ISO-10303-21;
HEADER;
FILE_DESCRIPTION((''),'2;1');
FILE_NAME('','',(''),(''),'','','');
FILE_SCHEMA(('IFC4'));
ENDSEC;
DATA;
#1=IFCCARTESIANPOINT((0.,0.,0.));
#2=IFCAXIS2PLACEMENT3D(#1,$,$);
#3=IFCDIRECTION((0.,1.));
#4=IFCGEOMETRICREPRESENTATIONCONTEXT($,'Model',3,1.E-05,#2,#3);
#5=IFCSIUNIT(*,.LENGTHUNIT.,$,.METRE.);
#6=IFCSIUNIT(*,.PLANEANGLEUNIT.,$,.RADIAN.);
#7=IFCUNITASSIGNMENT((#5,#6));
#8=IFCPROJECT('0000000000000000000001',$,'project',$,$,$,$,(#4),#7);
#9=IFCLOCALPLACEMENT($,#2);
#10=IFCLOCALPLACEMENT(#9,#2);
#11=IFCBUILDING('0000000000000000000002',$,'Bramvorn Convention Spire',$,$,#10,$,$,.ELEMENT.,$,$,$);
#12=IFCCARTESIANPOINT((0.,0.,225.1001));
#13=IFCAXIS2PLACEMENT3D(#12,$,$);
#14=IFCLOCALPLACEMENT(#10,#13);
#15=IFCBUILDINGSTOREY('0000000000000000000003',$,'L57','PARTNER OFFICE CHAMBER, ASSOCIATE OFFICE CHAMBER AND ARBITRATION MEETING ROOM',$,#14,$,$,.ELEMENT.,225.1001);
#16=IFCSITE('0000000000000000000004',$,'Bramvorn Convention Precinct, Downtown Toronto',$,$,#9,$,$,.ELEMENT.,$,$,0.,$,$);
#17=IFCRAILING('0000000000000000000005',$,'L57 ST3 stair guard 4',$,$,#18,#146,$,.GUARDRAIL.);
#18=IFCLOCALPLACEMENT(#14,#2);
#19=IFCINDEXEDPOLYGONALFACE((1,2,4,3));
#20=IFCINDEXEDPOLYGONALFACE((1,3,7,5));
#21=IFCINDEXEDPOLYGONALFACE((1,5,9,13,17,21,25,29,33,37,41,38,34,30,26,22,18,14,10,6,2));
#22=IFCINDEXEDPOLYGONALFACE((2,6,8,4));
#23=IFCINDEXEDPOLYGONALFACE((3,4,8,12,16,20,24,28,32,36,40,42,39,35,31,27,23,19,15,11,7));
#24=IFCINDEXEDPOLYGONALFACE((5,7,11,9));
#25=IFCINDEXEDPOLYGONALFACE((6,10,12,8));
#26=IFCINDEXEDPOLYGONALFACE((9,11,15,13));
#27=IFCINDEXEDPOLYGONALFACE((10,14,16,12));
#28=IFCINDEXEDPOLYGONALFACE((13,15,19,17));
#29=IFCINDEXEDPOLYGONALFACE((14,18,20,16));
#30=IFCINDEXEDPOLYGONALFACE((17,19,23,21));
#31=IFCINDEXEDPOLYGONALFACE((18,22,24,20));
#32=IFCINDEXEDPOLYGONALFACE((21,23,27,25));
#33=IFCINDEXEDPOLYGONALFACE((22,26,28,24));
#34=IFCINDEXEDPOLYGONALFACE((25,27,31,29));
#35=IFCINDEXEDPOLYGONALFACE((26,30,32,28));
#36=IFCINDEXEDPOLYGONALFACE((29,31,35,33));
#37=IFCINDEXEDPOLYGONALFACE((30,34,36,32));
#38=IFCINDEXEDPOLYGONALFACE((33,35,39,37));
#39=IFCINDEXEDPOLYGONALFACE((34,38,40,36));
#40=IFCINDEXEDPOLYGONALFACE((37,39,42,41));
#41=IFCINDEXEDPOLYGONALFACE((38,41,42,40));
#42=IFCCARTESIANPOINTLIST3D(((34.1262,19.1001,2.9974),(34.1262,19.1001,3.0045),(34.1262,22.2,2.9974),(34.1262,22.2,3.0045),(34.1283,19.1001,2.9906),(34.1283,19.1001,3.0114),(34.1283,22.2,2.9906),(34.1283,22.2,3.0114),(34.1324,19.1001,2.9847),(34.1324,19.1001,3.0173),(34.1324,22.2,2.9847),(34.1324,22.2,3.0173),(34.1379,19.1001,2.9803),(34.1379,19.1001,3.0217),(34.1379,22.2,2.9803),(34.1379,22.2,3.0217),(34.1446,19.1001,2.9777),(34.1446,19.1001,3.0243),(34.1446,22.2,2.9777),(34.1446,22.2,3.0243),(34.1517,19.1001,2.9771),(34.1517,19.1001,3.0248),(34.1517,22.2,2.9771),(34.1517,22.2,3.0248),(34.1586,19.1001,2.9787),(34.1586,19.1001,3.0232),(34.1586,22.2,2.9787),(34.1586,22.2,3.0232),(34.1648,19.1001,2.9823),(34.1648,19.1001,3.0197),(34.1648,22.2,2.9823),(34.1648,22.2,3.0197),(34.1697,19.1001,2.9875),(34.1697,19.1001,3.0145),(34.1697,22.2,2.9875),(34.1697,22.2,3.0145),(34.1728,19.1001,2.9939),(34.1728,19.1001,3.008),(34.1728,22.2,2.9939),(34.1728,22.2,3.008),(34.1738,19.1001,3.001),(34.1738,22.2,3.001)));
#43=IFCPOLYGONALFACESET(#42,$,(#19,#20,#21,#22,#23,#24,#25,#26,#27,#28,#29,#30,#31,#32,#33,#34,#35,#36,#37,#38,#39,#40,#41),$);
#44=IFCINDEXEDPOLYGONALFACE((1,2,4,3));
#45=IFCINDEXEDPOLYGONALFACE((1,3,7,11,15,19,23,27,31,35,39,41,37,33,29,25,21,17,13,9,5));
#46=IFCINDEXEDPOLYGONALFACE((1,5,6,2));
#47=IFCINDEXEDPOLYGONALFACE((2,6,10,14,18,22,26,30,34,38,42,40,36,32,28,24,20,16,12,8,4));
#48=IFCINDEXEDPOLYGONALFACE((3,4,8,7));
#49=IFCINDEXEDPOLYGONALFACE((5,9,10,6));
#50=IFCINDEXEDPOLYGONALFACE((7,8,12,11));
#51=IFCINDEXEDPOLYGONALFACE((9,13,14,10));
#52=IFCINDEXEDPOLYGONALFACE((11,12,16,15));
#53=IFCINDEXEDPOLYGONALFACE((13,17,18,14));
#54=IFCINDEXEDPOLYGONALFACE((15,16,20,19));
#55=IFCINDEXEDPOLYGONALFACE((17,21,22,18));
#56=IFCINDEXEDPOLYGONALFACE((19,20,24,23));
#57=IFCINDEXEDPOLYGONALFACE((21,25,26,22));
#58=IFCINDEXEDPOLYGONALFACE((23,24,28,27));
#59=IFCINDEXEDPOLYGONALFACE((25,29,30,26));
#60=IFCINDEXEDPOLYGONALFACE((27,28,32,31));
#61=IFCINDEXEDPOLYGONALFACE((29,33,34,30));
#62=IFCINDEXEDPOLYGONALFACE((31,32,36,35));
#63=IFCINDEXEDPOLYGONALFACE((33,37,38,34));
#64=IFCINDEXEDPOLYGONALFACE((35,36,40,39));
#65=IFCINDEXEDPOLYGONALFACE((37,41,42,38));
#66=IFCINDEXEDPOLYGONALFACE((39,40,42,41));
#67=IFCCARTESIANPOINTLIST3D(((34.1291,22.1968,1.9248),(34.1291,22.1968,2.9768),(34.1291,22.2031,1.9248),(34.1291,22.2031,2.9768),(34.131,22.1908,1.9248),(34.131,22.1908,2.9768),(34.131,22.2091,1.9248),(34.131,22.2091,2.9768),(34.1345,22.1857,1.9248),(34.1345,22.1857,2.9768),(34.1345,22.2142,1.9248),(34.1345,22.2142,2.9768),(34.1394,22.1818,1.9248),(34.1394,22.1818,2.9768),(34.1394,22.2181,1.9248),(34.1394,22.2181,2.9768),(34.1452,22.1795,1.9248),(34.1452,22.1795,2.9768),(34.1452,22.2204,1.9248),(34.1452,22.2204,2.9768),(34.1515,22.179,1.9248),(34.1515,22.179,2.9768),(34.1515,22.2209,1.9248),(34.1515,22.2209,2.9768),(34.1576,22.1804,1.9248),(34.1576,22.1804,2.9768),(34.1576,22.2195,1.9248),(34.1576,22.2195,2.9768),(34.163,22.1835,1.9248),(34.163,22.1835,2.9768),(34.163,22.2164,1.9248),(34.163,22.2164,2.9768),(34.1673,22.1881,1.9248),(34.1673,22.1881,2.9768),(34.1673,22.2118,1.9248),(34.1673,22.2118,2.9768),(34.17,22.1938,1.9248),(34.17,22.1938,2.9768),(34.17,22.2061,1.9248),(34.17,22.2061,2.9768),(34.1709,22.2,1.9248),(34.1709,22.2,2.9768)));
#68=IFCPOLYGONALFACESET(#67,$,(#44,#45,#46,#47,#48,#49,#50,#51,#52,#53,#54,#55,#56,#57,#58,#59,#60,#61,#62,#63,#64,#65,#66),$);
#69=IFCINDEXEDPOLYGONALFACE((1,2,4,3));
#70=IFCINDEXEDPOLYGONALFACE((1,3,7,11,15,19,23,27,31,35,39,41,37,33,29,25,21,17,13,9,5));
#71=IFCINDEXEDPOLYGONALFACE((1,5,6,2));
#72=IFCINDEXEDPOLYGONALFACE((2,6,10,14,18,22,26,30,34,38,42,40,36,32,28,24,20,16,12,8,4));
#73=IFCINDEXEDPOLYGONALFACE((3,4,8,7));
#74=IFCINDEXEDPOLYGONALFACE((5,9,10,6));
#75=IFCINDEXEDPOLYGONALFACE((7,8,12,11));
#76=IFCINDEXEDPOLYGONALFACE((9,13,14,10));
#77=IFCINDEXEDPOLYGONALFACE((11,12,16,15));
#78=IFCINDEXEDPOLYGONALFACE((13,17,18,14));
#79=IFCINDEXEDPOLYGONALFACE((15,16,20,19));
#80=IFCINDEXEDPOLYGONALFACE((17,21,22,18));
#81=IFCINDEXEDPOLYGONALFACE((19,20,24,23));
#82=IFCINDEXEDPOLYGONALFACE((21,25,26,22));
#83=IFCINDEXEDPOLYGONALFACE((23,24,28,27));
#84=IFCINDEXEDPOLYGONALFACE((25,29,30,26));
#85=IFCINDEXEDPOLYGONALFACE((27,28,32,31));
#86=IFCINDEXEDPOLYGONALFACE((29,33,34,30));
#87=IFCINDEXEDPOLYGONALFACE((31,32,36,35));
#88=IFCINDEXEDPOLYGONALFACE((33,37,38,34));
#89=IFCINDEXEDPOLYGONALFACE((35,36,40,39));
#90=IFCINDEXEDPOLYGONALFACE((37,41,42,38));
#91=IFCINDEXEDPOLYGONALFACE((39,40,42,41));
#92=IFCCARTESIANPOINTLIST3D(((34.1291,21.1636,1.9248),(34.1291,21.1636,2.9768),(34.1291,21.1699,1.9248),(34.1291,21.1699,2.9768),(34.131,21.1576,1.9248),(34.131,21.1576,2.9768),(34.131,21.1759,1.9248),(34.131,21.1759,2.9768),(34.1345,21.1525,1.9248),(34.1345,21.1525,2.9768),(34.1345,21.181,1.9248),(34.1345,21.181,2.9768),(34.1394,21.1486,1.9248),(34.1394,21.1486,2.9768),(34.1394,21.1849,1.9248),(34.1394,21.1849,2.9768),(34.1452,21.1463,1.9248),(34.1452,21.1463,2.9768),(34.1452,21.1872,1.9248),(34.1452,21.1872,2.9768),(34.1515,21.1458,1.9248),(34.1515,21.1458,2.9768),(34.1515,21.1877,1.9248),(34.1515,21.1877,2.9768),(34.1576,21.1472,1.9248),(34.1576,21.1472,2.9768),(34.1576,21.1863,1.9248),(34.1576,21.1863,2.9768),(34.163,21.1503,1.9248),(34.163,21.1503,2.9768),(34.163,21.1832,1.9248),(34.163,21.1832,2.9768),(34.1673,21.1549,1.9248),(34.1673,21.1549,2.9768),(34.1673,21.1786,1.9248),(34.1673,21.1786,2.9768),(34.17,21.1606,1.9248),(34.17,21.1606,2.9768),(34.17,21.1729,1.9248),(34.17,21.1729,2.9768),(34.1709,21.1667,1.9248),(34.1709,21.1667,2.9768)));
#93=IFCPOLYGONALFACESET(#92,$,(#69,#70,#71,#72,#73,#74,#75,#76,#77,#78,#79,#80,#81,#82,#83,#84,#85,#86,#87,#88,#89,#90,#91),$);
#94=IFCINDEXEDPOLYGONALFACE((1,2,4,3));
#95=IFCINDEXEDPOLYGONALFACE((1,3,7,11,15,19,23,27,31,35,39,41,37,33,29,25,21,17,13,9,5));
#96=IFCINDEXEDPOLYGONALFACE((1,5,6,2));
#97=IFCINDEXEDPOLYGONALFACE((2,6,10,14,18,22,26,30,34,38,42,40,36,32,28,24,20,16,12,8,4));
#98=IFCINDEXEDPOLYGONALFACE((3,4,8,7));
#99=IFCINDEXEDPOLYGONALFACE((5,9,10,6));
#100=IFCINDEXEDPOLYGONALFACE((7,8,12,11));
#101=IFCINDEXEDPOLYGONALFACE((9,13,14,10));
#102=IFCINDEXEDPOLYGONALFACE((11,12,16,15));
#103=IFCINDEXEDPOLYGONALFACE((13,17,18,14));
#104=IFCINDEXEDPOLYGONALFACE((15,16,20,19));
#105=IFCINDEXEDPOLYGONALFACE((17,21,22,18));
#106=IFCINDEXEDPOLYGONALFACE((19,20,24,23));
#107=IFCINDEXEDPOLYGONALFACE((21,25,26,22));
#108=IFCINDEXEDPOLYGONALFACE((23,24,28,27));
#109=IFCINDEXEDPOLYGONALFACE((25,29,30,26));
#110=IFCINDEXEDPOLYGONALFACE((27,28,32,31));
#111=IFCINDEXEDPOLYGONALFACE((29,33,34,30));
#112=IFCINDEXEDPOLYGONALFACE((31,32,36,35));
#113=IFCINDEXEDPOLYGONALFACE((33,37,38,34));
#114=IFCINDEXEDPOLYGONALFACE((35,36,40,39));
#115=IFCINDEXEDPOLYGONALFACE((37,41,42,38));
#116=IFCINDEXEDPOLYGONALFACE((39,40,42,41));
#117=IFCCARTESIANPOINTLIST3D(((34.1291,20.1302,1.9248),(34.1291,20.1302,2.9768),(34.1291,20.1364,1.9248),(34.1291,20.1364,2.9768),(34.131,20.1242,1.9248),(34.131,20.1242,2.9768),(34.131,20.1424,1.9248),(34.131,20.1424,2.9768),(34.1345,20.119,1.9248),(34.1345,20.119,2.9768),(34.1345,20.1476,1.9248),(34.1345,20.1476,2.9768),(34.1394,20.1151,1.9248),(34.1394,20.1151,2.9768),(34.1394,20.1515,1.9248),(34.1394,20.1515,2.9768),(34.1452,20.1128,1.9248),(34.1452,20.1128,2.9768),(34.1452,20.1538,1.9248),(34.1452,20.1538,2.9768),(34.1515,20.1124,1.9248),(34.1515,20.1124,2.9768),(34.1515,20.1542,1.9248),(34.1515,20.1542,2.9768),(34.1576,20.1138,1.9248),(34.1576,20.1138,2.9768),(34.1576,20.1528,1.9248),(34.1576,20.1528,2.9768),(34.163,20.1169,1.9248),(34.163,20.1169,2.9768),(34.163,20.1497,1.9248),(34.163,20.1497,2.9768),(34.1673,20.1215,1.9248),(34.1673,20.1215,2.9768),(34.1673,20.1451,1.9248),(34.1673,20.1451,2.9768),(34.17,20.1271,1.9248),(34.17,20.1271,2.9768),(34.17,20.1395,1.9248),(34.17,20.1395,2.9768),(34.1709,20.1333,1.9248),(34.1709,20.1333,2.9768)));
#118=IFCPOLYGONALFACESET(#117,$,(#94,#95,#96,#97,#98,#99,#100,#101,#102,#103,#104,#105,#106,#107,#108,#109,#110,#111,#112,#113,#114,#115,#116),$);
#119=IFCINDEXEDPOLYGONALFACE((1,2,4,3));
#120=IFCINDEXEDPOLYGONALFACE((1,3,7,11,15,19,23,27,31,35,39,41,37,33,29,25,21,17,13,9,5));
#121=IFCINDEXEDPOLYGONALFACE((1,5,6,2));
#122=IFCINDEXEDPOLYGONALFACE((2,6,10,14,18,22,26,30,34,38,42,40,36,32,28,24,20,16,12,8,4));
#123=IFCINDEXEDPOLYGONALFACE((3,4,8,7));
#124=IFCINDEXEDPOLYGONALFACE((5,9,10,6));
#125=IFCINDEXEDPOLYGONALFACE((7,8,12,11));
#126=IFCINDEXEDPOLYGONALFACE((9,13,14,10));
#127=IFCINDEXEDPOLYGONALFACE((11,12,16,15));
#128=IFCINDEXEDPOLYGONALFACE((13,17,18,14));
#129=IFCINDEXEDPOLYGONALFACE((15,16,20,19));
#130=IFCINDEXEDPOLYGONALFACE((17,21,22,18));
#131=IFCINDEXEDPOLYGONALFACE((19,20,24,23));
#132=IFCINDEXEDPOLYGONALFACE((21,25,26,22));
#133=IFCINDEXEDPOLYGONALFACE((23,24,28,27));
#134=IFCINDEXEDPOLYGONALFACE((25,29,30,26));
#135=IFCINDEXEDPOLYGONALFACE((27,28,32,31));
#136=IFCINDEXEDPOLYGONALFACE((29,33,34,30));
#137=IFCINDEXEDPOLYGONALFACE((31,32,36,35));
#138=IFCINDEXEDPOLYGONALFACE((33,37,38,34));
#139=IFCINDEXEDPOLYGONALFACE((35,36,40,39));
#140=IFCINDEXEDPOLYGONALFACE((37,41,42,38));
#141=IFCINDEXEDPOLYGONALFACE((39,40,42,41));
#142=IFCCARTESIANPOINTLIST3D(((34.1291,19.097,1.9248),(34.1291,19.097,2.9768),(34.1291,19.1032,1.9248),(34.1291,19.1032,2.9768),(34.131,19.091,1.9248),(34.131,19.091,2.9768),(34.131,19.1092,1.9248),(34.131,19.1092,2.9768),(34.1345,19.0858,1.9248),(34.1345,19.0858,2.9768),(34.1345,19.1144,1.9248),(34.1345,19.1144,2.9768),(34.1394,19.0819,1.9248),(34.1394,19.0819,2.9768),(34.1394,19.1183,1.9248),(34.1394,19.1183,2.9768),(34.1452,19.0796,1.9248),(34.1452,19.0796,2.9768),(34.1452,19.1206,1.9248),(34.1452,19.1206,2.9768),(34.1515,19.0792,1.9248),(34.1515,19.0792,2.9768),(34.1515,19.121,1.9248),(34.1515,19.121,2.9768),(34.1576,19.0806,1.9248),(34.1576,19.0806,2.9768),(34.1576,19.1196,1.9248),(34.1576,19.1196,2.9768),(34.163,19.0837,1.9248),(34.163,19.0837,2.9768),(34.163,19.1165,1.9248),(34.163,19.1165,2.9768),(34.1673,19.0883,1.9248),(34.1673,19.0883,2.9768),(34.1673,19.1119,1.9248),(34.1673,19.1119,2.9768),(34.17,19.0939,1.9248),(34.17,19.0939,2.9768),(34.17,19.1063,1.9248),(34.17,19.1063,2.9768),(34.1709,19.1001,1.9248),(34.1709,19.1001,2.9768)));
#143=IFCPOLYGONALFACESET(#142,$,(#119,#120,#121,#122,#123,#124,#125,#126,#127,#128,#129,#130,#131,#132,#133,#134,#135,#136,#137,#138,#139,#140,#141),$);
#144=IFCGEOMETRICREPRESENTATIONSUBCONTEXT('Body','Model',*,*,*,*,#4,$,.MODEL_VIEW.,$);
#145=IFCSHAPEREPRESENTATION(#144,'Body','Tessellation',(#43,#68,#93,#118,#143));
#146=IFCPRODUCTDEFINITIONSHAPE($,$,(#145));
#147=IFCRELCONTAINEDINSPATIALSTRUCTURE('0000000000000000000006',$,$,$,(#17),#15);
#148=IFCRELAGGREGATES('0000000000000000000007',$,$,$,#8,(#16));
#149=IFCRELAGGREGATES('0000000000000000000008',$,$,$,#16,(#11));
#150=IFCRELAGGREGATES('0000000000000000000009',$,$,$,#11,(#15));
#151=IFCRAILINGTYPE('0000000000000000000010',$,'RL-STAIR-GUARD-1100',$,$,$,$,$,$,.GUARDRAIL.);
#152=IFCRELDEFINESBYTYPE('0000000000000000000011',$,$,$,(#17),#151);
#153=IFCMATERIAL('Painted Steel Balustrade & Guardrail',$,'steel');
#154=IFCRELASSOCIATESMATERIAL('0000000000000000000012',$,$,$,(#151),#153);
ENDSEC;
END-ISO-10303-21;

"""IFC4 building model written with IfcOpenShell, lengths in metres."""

from ifc_helpers import new_model, si_unit, direction, frame, origin, origin_2d, place, context, subcontext, project, spatial, circle, extrude, material, type_object, element, save


model = new_model("IFC4")

# Units and contexts
model_context = context("Model", 3, precision=1e-05, world=origin(), true_north=direction((0.0, 1.0)))
body_context = subcontext(model_context, "Body", "Model", "MODEL_VIEW")
ifc_project = project(units=[si_unit("LENGTHUNIT", "METRE"), si_unit("PLANEANGLEUNIT", "RADIAN")], contexts=[model_context])

# Site, building, storey
site_placement = place(None, origin())
site = spatial("IfcSite", under=ifc_project, at=site_placement, Name="Bramvorn Convention Precinct, Downtown Toronto", CompositionType="ELEMENT", RefElevation=0.0)
building_placement = place(site_placement, origin())
building = spatial("IfcBuilding", under=site, at=building_placement, Name="Bramvorn Convention Spire", CompositionType="ELEMENT")
storey_placement = place(building_placement, frame((0.0, 0.0, 225.1001)))
storey = spatial("IfcBuildingStorey", under=building, at=storey_placement, Name="L57", Description="PARTNER OFFICE CHAMBER, ASSOCIATE OFFICE CHAMBER AND ARBITRATION MEETING ROOM", CompositionType="ELEMENT", Elevation=225.1001)

# Railing
ifc_material_1 = material(Name="Painted Steel Balustrade & Guardrail", Category="steel")
railing_type_1 = type_object("IfcRailingType", Name="RL-STAIR-GUARD-1100", PredefinedType="GUARDRAIL", material=ifc_material_1)
for number, where, name in (
    (1, (34.1499, 22.2, 1.9248), "L57 ST3 stair guard 4"),
):
    element("IfcRailing", number, at=place(storey_placement, frame(where)), inside=storey, type_object=railing_type_1, Name=name, PredefinedType="GUARDRAIL", context=body_context, shape_type="SweptSolid", body=[
        extrude(circle(Radius=0.0239, at=origin_2d()), frame((0.0, 0.0, 1.0762), z_axis=(0.0, -1.0, 0.0), x_axis=(1.0, 0.0, 0.0)), (0.0, 0.0, 1.0), 3.0999),
        extrude(circle(Radius=0.021, at=origin_2d()), origin(), (0.0, 0.0, 1.0), 1.052),
        extrude(circle(Radius=0.021, at=origin_2d()), frame((0.0, -1.0332, 0.0)), (0.0, 0.0, 1.0), 1.052),
        extrude(circle(Radius=0.021, at=origin_2d()), frame((0.0, -2.0667, 0.0)), (0.0, 0.0, 1.0), 1.052),
        extrude(circle(Radius=0.021, at=origin_2d()), frame((0.0, -3.0999, 0.0)), (0.0, 0.0, 1.0), 1.052),
    ])

save(model, "model.ifc")
